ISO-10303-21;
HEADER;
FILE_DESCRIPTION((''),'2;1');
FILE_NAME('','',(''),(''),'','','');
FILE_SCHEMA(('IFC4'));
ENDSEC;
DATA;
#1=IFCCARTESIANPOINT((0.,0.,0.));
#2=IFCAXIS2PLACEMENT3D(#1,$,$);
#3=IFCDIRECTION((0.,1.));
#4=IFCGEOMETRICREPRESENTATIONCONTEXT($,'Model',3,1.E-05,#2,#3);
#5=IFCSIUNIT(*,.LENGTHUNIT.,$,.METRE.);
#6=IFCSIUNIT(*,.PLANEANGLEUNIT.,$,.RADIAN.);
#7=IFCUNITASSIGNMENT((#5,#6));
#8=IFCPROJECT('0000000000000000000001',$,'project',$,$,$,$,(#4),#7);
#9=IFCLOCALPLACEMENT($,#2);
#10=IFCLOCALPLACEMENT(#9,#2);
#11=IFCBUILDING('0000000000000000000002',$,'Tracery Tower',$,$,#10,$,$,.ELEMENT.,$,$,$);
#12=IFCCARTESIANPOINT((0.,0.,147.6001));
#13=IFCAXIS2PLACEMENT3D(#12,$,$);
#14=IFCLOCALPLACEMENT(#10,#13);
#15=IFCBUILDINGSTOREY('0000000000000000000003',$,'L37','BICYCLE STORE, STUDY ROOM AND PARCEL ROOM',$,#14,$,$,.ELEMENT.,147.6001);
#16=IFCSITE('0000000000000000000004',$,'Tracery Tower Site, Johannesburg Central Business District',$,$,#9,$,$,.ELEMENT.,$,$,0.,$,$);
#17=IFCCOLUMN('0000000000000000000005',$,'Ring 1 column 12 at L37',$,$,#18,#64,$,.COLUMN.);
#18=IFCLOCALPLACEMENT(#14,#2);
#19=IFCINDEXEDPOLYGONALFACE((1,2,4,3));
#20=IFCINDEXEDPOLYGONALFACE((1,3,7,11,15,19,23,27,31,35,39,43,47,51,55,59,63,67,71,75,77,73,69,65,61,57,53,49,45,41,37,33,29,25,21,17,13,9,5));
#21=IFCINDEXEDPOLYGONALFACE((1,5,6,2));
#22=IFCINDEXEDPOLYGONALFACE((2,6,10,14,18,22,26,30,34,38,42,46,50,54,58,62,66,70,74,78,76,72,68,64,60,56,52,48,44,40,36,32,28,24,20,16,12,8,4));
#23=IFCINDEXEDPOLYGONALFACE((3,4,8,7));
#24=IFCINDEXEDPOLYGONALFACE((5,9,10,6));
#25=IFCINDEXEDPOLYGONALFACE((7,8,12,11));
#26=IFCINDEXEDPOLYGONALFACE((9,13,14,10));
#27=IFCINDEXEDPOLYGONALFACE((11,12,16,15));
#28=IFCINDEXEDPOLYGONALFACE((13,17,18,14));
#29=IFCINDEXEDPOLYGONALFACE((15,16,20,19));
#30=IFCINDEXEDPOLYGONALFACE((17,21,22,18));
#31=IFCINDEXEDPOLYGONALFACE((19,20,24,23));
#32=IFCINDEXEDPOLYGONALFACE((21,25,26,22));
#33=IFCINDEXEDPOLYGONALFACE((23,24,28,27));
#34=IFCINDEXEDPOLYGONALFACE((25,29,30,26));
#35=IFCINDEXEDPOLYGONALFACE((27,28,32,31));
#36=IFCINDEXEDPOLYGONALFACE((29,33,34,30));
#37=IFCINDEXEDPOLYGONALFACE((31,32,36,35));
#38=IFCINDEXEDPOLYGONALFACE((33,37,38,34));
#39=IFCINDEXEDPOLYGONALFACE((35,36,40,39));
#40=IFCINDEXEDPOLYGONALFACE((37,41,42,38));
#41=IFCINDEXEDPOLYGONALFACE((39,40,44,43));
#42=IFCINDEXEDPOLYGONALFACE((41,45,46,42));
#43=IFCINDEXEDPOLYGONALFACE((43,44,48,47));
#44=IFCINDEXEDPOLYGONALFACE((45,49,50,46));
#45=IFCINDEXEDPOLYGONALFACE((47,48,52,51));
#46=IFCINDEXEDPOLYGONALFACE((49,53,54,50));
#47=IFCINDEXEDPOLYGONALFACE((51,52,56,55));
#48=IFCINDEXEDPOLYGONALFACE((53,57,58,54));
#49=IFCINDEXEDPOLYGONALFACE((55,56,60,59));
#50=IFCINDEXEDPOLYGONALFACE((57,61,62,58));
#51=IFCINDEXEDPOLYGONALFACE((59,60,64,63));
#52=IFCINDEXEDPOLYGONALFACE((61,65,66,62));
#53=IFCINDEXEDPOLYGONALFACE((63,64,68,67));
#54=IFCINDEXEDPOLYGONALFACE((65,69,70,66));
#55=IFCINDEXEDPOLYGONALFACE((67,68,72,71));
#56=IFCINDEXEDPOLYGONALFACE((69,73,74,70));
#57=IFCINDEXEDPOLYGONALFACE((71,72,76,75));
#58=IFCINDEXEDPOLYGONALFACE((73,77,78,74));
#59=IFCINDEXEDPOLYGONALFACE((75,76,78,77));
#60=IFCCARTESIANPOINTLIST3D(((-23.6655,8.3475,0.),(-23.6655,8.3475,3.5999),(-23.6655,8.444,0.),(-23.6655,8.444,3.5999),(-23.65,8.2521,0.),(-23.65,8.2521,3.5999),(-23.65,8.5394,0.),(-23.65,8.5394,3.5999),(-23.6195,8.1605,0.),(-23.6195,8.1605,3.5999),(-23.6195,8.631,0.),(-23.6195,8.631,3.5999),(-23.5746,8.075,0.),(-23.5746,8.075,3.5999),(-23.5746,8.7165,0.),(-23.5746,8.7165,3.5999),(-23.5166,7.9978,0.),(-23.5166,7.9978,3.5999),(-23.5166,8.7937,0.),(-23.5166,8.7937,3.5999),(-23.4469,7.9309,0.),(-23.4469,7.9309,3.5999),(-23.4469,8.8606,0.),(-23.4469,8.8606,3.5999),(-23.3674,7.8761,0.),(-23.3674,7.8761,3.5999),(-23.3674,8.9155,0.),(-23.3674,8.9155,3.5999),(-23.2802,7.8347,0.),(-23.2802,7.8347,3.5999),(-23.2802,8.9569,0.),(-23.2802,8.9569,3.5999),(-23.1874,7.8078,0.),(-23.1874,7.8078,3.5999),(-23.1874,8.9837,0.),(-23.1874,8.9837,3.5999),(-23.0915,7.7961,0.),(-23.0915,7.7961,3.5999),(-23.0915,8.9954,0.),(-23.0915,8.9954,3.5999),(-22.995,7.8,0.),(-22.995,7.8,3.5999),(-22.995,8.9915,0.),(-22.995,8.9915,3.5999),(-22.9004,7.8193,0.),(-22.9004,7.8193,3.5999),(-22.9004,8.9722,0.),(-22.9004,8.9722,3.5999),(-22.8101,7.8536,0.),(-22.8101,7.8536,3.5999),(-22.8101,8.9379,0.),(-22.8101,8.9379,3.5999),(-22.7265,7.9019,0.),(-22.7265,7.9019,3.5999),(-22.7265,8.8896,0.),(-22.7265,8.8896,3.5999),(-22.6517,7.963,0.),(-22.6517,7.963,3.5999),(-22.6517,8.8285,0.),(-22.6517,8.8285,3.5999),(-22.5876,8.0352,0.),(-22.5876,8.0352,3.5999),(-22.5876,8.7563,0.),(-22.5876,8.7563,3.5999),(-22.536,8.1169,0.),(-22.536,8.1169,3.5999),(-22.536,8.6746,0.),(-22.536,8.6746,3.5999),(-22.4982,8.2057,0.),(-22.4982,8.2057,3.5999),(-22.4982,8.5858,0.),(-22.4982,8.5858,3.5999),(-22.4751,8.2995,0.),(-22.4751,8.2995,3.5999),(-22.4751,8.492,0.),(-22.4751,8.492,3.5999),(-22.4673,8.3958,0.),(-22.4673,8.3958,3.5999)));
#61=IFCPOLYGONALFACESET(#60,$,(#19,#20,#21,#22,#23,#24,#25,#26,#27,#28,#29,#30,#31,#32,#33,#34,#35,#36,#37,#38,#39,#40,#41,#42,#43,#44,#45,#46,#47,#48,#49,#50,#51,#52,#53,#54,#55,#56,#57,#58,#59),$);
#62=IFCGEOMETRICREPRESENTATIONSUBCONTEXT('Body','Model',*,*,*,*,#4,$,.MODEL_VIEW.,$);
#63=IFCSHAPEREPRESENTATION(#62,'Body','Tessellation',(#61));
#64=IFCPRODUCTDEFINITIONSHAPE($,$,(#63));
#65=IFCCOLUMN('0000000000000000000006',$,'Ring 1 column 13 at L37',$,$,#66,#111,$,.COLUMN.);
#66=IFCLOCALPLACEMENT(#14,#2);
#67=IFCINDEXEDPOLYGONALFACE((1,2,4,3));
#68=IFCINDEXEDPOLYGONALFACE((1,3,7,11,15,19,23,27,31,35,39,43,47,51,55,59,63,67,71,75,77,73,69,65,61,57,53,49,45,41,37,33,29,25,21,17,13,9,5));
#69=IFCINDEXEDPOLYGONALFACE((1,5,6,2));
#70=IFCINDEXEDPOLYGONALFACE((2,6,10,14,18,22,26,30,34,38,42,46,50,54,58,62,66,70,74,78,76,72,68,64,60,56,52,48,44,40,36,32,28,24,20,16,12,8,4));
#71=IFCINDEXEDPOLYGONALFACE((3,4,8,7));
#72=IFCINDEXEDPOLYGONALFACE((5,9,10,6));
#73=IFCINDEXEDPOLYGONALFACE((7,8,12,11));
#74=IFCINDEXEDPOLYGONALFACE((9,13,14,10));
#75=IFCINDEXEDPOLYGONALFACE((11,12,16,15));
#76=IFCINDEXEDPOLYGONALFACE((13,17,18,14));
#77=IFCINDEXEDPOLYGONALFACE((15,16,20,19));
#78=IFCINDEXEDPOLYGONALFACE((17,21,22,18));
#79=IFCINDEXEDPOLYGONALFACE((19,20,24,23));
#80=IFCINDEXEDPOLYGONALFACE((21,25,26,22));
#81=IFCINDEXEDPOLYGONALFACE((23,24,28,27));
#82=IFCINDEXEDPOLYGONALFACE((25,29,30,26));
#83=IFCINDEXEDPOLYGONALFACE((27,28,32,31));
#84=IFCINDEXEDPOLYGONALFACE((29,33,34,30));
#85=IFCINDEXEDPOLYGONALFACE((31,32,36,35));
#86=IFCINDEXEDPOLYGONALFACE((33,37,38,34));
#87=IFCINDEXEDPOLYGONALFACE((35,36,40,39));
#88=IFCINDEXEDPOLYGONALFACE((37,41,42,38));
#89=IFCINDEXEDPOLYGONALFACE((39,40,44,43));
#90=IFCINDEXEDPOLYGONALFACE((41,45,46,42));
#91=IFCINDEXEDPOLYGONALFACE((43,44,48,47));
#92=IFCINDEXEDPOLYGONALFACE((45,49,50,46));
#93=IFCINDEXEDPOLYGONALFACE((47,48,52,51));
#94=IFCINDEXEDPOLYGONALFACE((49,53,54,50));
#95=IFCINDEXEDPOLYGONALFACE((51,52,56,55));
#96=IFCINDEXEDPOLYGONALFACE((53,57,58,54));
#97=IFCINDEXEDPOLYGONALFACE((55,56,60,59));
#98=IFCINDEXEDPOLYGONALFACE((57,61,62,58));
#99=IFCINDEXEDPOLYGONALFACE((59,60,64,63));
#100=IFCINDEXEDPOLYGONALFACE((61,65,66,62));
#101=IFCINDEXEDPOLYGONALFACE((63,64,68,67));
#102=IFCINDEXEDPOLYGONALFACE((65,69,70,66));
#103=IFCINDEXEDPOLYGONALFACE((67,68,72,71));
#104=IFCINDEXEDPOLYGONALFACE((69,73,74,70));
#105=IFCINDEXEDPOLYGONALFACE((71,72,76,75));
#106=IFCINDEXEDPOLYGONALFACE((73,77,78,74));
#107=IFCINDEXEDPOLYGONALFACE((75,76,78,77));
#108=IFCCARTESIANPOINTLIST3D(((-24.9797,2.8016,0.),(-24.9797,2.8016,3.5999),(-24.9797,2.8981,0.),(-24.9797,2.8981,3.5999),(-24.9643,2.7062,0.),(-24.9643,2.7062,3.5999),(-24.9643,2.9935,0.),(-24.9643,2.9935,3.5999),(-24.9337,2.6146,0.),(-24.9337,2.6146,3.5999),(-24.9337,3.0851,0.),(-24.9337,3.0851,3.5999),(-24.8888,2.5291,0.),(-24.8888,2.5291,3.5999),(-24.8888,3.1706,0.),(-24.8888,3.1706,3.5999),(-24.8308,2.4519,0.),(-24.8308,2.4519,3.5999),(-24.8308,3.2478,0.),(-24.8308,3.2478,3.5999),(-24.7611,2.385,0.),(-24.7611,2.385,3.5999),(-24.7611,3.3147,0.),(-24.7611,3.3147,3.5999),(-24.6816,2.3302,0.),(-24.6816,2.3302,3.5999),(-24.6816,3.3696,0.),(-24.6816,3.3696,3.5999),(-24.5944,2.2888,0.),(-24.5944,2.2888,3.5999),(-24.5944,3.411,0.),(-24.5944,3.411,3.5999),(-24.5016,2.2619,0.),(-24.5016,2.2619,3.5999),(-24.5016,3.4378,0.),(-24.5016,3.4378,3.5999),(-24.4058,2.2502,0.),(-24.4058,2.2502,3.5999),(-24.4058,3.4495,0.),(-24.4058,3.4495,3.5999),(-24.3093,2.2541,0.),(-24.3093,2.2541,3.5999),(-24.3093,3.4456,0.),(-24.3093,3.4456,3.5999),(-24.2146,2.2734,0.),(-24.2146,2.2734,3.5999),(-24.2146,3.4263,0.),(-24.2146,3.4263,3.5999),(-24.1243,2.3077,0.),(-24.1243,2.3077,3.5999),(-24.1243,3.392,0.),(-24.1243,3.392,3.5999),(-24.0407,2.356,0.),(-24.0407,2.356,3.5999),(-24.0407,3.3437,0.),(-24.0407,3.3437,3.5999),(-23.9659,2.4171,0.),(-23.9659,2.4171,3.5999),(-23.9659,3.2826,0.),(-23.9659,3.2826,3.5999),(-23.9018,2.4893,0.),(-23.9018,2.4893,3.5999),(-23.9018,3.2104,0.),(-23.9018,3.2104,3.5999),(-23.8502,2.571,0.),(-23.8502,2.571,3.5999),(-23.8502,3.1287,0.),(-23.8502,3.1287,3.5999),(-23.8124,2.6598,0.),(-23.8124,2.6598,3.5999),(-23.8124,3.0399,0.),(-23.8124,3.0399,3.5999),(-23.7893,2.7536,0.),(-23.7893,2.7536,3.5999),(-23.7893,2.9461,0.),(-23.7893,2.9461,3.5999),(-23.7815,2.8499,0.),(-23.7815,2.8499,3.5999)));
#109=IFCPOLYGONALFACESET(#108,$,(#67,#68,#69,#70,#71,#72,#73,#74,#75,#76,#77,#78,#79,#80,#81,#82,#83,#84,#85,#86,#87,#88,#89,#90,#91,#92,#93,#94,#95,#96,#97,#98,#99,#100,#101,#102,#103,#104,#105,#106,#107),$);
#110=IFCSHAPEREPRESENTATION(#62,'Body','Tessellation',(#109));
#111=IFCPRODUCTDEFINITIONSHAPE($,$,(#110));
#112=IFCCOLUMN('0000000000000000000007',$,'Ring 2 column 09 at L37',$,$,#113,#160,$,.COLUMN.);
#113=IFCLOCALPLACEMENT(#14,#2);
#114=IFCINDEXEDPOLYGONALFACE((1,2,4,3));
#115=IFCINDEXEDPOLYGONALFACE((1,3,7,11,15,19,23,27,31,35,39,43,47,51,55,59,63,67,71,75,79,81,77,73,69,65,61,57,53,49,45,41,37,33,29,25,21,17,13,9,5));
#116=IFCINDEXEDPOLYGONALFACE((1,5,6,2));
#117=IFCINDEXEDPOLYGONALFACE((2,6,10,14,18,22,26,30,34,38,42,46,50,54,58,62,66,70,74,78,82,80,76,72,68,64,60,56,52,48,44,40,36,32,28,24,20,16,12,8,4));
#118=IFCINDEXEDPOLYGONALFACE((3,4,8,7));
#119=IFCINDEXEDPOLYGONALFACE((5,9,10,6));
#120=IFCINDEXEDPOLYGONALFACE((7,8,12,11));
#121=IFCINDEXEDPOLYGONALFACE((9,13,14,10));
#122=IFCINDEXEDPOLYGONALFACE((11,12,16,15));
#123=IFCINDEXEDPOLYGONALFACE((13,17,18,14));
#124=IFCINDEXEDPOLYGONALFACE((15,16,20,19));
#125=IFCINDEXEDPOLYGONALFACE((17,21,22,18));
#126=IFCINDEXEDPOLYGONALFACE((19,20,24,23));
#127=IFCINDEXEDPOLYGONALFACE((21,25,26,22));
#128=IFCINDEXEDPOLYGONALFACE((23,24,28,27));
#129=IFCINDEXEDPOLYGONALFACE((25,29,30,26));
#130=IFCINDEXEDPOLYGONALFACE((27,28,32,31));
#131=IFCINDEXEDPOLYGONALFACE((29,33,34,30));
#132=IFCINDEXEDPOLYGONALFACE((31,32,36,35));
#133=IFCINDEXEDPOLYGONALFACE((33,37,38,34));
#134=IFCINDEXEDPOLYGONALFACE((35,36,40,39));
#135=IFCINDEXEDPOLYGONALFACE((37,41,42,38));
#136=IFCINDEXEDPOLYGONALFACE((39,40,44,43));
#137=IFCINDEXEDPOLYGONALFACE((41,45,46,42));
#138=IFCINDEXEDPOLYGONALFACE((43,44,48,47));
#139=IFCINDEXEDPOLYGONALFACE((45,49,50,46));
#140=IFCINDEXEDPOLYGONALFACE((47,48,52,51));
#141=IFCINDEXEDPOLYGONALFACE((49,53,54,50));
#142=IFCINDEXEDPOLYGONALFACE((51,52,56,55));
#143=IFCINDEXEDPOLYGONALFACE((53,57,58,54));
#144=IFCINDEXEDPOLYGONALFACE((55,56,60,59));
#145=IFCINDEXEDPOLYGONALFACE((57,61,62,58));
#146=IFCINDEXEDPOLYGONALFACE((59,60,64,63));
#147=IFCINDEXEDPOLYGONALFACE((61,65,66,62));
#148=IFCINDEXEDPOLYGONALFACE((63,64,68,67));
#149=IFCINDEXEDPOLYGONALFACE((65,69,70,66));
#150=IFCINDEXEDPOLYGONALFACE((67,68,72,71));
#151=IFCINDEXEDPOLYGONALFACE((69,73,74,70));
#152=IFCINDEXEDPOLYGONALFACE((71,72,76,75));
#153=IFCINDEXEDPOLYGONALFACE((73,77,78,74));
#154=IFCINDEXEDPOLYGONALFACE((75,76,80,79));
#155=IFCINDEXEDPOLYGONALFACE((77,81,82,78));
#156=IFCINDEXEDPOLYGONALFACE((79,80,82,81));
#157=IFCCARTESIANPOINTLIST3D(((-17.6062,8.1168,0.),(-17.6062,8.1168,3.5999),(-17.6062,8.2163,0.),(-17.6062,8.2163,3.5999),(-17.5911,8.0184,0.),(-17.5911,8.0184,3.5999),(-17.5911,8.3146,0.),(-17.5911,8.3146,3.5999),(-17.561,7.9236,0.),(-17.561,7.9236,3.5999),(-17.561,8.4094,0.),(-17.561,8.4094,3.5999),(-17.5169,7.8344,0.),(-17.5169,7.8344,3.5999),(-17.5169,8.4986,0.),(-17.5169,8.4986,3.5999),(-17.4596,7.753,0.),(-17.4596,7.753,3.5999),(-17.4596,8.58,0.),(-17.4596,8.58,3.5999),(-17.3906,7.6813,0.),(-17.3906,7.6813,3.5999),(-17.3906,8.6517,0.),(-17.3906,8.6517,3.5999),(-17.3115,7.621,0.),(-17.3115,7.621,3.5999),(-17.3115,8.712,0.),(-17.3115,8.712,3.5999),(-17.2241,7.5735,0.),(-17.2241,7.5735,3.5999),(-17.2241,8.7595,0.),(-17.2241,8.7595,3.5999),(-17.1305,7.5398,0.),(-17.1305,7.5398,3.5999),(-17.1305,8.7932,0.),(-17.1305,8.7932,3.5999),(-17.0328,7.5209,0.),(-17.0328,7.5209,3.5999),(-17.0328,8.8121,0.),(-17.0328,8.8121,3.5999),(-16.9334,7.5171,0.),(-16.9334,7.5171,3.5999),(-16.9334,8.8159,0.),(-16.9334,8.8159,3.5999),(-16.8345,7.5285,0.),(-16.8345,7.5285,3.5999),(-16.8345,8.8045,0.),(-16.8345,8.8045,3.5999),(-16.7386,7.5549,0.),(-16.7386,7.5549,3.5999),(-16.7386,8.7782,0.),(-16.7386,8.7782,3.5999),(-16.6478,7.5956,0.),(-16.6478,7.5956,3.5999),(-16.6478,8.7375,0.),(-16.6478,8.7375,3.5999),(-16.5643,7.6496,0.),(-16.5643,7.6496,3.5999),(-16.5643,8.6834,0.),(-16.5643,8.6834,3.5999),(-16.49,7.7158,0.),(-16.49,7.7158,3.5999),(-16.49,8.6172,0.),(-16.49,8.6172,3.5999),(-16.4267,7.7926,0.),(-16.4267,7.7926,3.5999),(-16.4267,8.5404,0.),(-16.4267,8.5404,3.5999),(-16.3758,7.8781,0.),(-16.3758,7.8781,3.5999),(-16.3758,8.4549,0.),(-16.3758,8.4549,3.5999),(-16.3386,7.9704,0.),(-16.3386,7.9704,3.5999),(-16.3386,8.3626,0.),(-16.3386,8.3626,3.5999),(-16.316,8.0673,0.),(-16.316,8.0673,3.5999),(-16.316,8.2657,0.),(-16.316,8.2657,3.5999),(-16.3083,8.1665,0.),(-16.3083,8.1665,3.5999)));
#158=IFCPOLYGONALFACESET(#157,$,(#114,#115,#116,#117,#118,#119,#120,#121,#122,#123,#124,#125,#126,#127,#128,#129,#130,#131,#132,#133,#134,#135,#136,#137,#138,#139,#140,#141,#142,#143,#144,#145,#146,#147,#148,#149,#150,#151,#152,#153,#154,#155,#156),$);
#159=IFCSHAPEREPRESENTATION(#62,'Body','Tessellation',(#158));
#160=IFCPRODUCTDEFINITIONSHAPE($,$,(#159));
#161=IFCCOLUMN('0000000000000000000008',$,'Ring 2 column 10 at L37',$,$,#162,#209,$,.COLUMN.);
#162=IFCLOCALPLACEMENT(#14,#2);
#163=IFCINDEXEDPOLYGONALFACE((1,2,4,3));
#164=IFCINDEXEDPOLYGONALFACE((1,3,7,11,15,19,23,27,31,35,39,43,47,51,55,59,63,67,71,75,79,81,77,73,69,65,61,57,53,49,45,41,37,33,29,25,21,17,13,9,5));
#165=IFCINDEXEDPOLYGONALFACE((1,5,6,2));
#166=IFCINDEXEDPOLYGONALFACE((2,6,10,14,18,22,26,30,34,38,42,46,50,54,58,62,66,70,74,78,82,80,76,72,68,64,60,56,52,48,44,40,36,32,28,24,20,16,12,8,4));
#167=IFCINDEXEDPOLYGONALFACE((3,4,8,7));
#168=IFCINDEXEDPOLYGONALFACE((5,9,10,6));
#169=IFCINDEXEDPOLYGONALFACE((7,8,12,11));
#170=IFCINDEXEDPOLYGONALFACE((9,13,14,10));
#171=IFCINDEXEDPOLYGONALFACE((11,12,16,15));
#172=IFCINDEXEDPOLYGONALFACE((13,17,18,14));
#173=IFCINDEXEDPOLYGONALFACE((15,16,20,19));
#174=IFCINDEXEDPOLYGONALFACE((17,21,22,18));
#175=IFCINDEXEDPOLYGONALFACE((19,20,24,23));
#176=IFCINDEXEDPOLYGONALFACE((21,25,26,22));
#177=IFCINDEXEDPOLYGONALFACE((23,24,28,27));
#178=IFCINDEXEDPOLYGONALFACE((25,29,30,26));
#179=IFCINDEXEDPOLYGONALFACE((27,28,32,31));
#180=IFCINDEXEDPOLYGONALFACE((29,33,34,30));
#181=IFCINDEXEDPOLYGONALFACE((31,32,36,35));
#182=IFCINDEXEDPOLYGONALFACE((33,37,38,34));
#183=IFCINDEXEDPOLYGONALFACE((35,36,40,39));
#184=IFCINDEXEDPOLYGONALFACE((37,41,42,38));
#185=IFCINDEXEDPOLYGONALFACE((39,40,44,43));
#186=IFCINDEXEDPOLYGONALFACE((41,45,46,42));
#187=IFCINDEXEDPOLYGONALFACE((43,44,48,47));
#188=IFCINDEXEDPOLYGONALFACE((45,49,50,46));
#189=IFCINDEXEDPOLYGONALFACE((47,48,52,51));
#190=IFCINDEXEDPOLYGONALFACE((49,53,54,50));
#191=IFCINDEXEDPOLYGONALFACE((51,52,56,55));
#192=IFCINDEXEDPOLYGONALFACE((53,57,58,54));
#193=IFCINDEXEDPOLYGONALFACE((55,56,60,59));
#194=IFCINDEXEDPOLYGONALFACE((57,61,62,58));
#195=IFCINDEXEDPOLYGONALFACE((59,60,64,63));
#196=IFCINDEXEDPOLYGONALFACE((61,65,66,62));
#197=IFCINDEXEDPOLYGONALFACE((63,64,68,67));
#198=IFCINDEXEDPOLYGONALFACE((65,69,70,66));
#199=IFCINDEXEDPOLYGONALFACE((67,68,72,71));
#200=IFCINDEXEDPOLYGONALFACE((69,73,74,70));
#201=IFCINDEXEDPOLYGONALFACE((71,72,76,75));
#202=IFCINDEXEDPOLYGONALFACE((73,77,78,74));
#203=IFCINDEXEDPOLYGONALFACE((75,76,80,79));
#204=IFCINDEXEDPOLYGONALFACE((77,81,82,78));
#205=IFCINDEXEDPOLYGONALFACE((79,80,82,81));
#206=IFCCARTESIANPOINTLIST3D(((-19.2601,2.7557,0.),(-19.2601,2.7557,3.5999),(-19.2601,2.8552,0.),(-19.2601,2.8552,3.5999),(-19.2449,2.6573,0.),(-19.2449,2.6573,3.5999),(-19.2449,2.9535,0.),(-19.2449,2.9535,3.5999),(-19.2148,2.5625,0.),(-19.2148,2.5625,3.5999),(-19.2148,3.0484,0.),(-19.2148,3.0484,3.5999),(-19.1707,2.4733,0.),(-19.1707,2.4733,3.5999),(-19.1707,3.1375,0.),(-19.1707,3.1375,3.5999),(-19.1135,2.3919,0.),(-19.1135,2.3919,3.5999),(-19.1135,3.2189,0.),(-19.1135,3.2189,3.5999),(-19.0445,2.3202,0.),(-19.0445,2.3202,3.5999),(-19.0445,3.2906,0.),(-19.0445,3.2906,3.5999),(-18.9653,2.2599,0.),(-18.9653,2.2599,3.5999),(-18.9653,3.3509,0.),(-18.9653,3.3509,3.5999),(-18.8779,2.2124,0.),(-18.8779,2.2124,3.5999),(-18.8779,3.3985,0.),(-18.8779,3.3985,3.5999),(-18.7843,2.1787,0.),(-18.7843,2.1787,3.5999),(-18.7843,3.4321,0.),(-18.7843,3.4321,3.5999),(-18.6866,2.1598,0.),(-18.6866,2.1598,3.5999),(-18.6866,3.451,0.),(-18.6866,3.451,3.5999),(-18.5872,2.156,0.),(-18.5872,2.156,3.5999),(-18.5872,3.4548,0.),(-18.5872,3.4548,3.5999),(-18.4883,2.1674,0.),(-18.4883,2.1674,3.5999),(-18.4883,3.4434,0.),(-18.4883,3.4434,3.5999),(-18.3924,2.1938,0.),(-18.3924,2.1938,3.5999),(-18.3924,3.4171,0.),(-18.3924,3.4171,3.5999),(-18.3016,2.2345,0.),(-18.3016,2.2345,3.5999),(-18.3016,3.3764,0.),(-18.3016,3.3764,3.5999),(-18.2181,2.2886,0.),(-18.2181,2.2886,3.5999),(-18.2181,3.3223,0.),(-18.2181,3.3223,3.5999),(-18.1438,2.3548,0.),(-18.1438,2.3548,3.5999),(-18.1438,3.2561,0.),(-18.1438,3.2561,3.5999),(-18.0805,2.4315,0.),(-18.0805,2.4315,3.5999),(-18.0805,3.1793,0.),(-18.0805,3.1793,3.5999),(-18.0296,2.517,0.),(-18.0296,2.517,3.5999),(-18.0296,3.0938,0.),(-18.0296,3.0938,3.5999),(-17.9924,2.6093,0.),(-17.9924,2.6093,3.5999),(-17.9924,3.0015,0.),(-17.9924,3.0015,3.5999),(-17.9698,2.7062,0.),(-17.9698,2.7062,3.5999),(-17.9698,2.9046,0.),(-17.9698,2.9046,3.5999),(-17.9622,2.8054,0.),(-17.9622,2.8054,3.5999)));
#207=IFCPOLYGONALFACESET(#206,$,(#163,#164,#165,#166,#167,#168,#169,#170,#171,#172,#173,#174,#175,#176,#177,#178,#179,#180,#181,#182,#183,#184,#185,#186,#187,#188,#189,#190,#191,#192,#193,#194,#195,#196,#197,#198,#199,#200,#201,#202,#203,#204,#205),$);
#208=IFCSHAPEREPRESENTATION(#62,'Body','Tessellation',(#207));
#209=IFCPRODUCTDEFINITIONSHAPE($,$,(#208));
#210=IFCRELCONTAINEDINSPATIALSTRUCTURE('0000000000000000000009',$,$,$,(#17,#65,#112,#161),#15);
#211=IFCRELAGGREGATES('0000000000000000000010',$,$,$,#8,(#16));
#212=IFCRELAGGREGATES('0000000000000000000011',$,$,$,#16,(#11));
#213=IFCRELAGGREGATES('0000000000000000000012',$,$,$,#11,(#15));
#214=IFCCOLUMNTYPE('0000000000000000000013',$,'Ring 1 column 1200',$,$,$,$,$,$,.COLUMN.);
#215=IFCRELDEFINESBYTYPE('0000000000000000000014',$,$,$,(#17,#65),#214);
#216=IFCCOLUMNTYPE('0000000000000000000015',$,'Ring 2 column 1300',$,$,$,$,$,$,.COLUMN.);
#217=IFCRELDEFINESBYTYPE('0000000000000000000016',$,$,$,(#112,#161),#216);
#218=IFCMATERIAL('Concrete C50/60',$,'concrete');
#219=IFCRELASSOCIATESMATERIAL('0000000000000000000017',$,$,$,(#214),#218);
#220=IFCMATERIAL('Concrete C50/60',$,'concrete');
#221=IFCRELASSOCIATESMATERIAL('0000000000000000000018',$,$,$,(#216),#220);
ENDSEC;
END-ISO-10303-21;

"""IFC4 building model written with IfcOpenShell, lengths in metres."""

from ifc_helpers import new_model, si_unit, direction, frame, origin, origin_2d, place, context, subcontext, project, spatial, circle, extrude, material, material_profile, profile_set, type_object, element, save


model = new_model("IFC4")

# Units and contexts
model_context = context("Model", 3, precision=1e-05, world=origin(), true_north=direction((0.0, 1.0)))
body_context = subcontext(model_context, "Body", "Model", "MODEL_VIEW")
ifc_project = project(units=[si_unit("LENGTHUNIT", "METRE"), si_unit("PLANEANGLEUNIT", "RADIAN")], contexts=[model_context])

# Site, building, storey
site_placement = place(None, origin())
site = spatial("IfcSite", under=ifc_project, at=site_placement, Name="Tracery Tower Site, Johannesburg Central Business District", CompositionType="ELEMENT", RefElevation=0.0)
building_placement = place(site_placement, origin())
building = spatial("IfcBuilding", under=site, at=building_placement, Name="Tracery Tower", CompositionType="ELEMENT")
storey_placement = place(building_placement, frame((0.0, 0.0, 147.6001)))
storey = spatial("IfcBuildingStorey", under=building, at=storey_placement, Name="L37", Description="BICYCLE STORE, STUDY ROOM AND PARCEL ROOM", CompositionType="ELEMENT", Elevation=147.6001)

# Columns
ifc_material_1 = material(Name="Concrete C50/60", Category="concrete")
ifc_material_profile_1 = material_profile(ifc_material_1, circle(Radius=0.6001, at=origin_2d()), Name="RC D1200")
ifc_profile_set_1 = profile_set([ifc_material_profile_1], Name="Concrete C50/60")
column_type_1 = type_object("IfcColumnType", Name="Ring 1 column 1200", PredefinedType="COLUMN", material=ifc_profile_set_1)
for number, where, z_axis, x_axis, name in (
    (1, (-23.0674, 8.3958, 0.0), (0.0, 0.0, 1.0), (1.0, 0.0, 0.0), "Ring 1 column 12 at L37"),
    (2, (-24.3816, 2.8499, 0.0), (0.0, 0.0, 1.0), (1.0, 0.0, 0.0), "Ring 1 column 13 at L37"),
):
    element("IfcColumn", number, at=place(storey_placement, frame(where, z_axis=z_axis, x_axis=x_axis)), inside=storey, type_object=column_type_1, Name=name, PredefinedType="COLUMN", context=body_context, shape_type="SweptSolid", body=[
        extrude(circle(Radius=0.6001, at=origin_2d()), origin(), (0.0, 0.0, 1.0), 3.5999),
    ])
ifc_material_2 = material(Name="Concrete C50/60", Category="concrete")
ifc_material_profile_2 = material_profile(ifc_material_2, circle(Radius=0.6499, at=origin_2d()), Name="RC D1300")
ifc_profile_set_2 = profile_set([ifc_material_profile_2], Name="Concrete C50/60")
column_type_2 = type_object("IfcColumnType", Name="Ring 2 column 1300", PredefinedType="COLUMN", material=ifc_profile_set_2)
for number, where, z_axis, x_axis, name in (
    (3, (-16.9583, 8.1665, 0.0), (0.0, 0.0, 1.0), (1.0, 0.0, 0.0), "Ring 2 column 09 at L37"),
    (4, (-18.6121, 2.8054, 0.0), (0.0, 0.0, 1.0), (1.0, 0.0, 0.0), "Ring 2 column 10 at L37"),
):
    element("IfcColumn", number, at=place(storey_placement, frame(where, z_axis=z_axis, x_axis=x_axis)), inside=storey, type_object=column_type_2, Name=name, PredefinedType="COLUMN", context=body_context, shape_type="SweptSolid", body=[
        extrude(circle(Radius=0.6499, at=origin_2d()), origin(), (0.0, 0.0, 1.0), 3.5999),
    ])

save(model, "model.ifc")
